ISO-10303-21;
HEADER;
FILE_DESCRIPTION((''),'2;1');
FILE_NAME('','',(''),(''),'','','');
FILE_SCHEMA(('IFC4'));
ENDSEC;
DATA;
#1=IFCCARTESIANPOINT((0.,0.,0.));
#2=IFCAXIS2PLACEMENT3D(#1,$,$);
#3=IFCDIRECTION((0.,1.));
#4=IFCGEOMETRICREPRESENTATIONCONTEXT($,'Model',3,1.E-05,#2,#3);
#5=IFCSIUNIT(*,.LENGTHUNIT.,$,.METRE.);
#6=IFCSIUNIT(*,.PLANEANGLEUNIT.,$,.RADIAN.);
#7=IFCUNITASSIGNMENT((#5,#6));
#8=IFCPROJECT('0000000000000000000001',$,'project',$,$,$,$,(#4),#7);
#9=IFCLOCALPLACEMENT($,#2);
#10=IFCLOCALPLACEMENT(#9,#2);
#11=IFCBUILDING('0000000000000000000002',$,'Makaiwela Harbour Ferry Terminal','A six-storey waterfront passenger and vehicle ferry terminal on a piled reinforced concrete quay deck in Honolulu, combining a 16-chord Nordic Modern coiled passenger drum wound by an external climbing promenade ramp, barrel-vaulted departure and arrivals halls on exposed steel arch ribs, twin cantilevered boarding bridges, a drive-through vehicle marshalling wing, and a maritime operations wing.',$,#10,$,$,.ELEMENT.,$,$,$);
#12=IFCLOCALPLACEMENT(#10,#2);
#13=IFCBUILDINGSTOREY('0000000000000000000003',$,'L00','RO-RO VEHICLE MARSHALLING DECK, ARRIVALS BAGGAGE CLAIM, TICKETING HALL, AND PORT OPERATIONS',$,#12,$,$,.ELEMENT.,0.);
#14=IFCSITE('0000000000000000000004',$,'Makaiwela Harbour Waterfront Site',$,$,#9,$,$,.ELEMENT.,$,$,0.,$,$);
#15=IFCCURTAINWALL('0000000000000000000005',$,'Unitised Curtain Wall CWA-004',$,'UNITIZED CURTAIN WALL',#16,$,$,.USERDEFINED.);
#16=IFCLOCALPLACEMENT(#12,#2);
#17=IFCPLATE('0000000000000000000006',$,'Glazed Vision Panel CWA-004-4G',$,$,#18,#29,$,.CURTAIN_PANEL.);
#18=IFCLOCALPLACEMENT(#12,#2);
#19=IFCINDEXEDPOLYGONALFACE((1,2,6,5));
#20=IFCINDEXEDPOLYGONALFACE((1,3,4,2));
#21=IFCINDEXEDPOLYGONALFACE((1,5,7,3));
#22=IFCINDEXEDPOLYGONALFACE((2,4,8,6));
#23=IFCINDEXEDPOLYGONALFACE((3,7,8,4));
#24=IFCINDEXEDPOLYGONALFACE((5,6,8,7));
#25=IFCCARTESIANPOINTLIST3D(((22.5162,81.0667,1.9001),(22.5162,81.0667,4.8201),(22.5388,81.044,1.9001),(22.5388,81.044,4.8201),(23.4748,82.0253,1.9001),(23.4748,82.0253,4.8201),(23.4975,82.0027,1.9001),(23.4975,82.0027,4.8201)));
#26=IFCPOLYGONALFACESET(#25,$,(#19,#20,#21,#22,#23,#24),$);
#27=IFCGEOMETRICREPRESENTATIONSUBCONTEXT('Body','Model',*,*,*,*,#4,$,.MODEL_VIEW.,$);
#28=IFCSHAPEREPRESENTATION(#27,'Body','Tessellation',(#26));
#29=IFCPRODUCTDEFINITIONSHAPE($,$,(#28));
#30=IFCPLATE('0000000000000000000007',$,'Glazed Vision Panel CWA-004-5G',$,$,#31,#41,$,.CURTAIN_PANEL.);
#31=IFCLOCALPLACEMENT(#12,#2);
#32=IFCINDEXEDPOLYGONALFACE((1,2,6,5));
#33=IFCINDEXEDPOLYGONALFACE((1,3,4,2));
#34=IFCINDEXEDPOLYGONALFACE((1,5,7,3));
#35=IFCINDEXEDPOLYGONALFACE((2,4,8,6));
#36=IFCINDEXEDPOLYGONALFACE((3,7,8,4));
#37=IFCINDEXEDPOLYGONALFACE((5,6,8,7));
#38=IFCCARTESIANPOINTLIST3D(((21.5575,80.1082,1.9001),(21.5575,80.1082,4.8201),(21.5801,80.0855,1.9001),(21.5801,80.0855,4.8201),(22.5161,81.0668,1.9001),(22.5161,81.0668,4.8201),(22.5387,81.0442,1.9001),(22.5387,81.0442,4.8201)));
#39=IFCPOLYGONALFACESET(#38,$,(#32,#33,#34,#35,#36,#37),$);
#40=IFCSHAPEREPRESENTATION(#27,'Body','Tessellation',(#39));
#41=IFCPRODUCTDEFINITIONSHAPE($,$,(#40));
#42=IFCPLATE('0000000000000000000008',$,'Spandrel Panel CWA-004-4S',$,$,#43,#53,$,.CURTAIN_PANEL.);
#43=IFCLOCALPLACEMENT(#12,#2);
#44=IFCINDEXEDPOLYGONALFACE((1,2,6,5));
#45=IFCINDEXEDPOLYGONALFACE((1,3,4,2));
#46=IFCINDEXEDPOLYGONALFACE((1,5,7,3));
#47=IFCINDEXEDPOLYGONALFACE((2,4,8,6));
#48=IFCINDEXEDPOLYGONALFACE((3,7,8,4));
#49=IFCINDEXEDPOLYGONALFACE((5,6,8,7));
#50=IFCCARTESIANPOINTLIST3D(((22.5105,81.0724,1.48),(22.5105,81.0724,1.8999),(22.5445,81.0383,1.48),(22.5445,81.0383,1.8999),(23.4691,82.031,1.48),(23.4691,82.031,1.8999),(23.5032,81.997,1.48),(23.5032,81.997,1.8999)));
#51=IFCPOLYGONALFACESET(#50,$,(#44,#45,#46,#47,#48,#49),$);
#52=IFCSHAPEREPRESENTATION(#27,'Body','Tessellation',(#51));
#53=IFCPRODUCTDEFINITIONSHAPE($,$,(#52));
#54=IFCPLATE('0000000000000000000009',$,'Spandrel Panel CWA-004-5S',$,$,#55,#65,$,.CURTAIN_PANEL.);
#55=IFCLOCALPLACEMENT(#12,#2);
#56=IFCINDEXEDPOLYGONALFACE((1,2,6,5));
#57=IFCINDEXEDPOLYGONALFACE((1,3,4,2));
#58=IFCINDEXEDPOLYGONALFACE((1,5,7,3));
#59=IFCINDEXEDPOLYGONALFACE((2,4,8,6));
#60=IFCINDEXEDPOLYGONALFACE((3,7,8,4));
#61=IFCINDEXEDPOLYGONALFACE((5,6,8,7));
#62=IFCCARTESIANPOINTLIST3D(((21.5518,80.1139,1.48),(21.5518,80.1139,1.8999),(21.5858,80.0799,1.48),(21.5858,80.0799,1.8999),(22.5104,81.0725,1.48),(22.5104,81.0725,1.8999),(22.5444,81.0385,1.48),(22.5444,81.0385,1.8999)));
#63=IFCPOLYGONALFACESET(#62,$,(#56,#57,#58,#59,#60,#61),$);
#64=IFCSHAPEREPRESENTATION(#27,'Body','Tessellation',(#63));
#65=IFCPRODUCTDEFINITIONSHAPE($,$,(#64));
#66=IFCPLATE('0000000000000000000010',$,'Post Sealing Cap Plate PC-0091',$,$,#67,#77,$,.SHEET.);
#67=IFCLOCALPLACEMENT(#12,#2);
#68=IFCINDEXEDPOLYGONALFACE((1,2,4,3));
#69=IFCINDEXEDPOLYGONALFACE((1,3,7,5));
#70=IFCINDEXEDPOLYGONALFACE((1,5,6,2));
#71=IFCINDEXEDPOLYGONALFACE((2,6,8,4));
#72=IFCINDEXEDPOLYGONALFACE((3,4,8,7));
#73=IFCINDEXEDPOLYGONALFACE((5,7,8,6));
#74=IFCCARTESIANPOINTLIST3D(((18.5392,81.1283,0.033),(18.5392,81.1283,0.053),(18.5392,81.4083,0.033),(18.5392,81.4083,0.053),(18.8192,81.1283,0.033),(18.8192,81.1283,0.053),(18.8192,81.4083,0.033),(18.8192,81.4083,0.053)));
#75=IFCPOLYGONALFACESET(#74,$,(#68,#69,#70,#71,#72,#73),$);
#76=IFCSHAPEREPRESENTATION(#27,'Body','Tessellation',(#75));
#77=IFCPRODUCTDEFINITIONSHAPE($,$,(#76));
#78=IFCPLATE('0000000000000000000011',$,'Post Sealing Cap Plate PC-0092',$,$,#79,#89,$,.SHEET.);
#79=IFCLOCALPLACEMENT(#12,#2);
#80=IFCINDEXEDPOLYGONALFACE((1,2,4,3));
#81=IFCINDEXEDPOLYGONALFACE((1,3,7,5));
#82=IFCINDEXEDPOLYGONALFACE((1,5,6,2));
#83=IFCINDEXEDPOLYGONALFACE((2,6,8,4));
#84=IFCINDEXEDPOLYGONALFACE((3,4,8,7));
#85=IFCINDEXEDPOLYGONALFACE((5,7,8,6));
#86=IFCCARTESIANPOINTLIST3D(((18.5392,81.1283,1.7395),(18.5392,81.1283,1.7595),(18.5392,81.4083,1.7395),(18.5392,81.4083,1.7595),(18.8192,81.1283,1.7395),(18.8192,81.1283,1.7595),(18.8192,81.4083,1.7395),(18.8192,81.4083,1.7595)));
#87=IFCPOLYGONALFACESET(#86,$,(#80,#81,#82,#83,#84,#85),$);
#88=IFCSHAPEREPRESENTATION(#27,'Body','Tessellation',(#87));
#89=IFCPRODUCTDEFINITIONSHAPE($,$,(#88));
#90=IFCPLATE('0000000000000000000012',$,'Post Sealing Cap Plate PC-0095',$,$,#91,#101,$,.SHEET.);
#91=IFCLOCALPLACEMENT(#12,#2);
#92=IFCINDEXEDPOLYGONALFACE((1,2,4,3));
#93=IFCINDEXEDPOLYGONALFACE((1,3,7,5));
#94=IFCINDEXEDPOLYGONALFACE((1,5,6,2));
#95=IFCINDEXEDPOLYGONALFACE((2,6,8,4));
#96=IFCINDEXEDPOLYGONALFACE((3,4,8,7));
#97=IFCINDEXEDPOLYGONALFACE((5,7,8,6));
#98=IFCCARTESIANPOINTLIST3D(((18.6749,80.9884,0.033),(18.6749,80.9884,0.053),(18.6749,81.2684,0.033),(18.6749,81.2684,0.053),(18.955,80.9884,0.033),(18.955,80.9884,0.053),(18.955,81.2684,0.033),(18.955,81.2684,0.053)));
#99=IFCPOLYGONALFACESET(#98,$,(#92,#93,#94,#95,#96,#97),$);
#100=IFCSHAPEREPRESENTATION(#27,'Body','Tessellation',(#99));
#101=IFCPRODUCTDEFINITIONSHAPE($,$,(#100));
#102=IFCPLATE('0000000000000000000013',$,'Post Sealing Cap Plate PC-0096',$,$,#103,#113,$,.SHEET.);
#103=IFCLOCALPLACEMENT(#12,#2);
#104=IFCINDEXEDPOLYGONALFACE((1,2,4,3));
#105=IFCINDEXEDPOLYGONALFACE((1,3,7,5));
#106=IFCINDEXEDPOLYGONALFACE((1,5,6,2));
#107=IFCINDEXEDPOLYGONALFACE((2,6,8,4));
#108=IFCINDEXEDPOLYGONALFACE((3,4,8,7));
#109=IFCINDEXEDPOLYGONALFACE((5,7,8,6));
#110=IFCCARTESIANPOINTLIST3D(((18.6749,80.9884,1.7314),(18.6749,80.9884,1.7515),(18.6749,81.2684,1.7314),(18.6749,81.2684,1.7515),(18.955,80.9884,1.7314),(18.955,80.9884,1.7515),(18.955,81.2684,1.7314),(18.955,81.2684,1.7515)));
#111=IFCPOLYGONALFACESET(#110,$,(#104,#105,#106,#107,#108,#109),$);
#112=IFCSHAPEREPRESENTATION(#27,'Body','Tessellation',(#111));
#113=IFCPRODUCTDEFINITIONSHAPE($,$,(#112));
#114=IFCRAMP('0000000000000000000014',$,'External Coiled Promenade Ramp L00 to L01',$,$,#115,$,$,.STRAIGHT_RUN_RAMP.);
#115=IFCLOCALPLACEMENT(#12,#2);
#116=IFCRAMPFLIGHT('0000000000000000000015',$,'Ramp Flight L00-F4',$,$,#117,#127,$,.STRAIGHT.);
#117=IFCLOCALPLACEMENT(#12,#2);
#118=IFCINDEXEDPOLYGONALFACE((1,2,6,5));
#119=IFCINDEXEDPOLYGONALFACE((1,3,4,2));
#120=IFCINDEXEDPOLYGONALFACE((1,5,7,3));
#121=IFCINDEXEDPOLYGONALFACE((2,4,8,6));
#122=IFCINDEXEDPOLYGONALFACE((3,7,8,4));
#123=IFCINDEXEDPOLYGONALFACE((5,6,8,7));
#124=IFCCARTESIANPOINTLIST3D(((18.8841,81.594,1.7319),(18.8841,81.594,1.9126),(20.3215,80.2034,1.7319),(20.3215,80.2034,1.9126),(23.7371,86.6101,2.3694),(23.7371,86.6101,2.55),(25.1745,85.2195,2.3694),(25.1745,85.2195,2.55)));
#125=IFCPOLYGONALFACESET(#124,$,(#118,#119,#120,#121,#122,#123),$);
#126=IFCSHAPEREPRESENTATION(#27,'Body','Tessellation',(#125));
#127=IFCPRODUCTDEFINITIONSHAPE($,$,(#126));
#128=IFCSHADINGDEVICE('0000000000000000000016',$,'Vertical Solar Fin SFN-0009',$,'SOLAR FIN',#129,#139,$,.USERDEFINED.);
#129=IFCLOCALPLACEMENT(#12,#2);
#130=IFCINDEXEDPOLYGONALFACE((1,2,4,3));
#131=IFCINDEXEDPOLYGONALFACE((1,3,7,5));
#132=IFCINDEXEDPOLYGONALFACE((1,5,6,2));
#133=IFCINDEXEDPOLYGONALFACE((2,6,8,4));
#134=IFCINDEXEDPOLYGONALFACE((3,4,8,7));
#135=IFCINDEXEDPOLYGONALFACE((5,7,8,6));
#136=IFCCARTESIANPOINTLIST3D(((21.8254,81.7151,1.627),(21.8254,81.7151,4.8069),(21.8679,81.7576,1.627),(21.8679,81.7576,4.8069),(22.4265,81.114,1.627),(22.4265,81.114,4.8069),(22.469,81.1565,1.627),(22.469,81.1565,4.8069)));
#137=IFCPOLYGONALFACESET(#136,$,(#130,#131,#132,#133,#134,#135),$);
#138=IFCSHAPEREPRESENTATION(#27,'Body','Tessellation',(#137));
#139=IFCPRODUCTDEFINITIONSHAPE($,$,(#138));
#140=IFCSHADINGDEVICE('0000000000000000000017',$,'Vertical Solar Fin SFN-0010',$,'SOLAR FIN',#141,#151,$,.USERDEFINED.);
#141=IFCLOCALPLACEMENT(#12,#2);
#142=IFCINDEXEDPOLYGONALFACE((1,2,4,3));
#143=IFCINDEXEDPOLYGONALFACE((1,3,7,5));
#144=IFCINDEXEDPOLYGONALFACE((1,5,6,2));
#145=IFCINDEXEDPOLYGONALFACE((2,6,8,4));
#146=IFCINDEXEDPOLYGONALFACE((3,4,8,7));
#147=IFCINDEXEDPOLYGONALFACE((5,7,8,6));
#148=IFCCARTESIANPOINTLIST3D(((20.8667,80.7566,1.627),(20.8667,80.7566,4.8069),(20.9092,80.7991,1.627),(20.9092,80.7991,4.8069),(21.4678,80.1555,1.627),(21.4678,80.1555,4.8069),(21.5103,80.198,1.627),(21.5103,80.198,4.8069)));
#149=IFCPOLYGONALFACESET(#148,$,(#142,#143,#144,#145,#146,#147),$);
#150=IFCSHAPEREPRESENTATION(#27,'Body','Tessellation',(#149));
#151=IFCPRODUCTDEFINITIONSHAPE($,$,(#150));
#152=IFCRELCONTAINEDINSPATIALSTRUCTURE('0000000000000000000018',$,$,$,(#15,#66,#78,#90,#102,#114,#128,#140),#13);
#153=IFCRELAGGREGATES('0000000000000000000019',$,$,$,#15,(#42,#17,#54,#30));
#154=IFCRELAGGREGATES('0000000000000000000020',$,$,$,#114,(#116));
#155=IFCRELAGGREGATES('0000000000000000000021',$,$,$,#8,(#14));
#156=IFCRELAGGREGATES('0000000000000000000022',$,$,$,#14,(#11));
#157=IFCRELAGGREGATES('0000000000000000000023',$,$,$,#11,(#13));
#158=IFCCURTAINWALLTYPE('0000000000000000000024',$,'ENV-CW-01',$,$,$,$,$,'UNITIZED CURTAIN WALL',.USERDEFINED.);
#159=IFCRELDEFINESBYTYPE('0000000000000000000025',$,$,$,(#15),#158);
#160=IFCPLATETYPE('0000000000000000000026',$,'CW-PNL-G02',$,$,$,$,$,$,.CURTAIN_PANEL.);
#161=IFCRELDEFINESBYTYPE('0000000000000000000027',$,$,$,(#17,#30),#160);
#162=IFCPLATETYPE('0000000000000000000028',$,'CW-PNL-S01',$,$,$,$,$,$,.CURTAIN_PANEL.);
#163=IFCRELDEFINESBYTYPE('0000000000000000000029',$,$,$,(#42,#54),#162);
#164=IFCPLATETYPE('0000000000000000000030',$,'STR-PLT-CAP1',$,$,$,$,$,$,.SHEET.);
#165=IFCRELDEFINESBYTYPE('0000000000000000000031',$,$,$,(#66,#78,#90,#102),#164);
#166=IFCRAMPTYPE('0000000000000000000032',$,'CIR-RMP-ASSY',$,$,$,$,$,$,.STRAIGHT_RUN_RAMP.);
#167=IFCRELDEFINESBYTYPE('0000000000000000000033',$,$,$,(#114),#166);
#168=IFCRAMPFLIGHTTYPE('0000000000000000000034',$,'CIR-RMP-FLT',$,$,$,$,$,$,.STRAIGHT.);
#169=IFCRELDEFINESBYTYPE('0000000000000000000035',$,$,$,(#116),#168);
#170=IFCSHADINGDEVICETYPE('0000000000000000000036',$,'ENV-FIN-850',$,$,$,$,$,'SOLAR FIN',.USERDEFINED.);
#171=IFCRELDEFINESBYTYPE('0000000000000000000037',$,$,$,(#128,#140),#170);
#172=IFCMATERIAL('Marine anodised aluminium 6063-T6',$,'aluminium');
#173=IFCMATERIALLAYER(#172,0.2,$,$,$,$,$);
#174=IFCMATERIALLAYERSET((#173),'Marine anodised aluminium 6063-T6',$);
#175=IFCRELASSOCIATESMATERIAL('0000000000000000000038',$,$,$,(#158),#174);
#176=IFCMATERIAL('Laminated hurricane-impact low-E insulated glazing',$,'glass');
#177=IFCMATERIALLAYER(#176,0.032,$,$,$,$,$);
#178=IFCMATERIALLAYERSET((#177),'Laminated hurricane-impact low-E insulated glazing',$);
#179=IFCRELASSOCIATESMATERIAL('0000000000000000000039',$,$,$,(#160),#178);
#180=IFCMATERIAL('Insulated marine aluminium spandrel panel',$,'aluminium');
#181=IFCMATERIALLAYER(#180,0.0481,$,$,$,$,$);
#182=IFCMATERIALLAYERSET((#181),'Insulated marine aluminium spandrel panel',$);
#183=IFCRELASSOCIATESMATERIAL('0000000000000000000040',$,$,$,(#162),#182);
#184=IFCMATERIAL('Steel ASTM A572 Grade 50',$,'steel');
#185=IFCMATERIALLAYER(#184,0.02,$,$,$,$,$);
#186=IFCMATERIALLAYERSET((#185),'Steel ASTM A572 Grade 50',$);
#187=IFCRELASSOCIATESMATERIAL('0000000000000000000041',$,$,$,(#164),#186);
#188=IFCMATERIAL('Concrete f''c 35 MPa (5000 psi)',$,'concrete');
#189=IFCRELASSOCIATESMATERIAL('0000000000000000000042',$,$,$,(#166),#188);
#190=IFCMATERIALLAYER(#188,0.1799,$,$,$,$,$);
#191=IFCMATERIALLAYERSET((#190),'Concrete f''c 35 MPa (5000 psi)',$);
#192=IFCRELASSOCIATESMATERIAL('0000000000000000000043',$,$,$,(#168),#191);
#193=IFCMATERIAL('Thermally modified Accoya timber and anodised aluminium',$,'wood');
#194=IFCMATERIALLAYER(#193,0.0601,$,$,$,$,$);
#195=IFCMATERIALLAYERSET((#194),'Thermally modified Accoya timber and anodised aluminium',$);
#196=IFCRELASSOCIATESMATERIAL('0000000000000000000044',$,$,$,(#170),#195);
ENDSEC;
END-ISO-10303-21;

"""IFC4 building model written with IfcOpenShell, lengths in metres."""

from ifc_helpers import new_model, si_unit, direction, frame, origin, origin_2d, place, context, subcontext, project, spatial, polyline, rectangle, outline, extrude, material, layer, layer_set, type_object, element, aggregate, save


model = new_model("IFC4")

# Units and contexts
model_context = context("Model", 3, precision=1e-05, world=origin(), true_north=direction((0.0, 1.0)))
body_context = subcontext(model_context, "Body", "Model", "MODEL_VIEW")
ifc_project = project(units=[si_unit("LENGTHUNIT", "METRE"), si_unit("PLANEANGLEUNIT", "RADIAN")], contexts=[model_context])

# Site, building, storey
site_placement = place(None, origin())
site = spatial("IfcSite", under=ifc_project, at=site_placement, Name="Makaiwela Harbour Waterfront Site", CompositionType="ELEMENT", RefElevation=0.0)
building_placement = place(site_placement, origin())
building = spatial("IfcBuilding", under=site, at=building_placement, Name="Makaiwela Harbour Ferry Terminal", Description="A six-storey waterfront passenger and vehicle ferry terminal on a piled reinforced concrete quay deck in Honolulu, combining a 16-chord Nordic Modern coiled passenger drum wound by an external climbing promenade ramp, barrel-vaulted departure and arrivals halls on exposed steel arch ribs, twin cantilevered boarding bridges, a drive-through vehicle marshalling wing, and a maritime operations wing.", CompositionType="ELEMENT")
storey_placement = place(building_placement, origin())
storey = spatial("IfcBuildingStorey", under=building, at=storey_placement, Name="L00", Description="RO-RO VEHICLE MARSHALLING DECK, ARRIVALS BAGGAGE CLAIM, TICKETING HALL, AND PORT OPERATIONS", CompositionType="ELEMENT", Elevation=0.0)

# Curtain wall
ifc_material_1 = material(Name="Marine anodised aluminium 6063-T6", Category="aluminium")
ifc_layer_1 = layer(ifc_material_1, 0.2)
ifc_layer_set_1 = layer_set([ifc_layer_1], Name="Marine anodised aluminium 6063-T6")
curtain_wall_type = type_object("IfcCurtainWallType", Name="ENV-CW-01", ElementType="UNITIZED CURTAIN WALL", PredefinedType="USERDEFINED", material=ifc_layer_set_1)
curtain_wall_placement = place(storey_placement, origin())
curtain_wall = element("IfcCurtainWall", 1, at=curtain_wall_placement, inside=storey, type_object=curtain_wall_type, Name="Unitised Curtain Wall CWA-004", ObjectType="UNITIZED CURTAIN WALL", PredefinedType="USERDEFINED")

# Plates
ifc_material_2 = material(Name="Laminated hurricane-impact low-E insulated glazing", Category="glass")
ifc_layer_2 = layer(ifc_material_2, 0.032)
ifc_layer_set_2 = layer_set([ifc_layer_2], Name="Laminated hurricane-impact low-E insulated glazing")
plate_type_1 = type_object("IfcPlateType", Name="CW-PNL-G02", PredefinedType="CURTAIN_PANEL", material=ifc_layer_set_2)
plate_1_placement = place(storey_placement, frame((23.0068, 81.5347, 1.9001), z_axis=(0.0, 0.0, 1.0), x_axis=(-0.707107, -0.707107, 0.0)))
plate_1 = element("IfcPlate", 2, at=plate_1_placement, type_object=plate_type_1, Name="Glazed Vision Panel CWA-004-4G", PredefinedType="CURTAIN_PANEL", context=body_context, shape_type="SweptSolid", body=[
    extrude(rectangle(XDim=1.3557, YDim=0.032, at=origin_2d()), origin(), (0.0, 0.0, 1.0), 2.9199),
])
plate_2_placement = place(storey_placement, frame((22.0481, 80.5762, 1.9001), z_axis=(0.0, 0.0, 1.0), x_axis=(-0.707107, -0.707107, 0.0)))
plate_2 = element("IfcPlate", 3, at=plate_2_placement, type_object=plate_type_1, Name="Glazed Vision Panel CWA-004-5G", PredefinedType="CURTAIN_PANEL", context=body_context, shape_type="SweptSolid", body=[
    extrude(rectangle(XDim=1.3557, YDim=0.032, at=origin_2d()), origin(), (0.0, 0.0, 1.0), 2.9199),
])
ifc_material_3 = material(Name="Insulated marine aluminium spandrel panel", Category="aluminium")
ifc_layer_3 = layer(ifc_material_3, 0.0481)
ifc_layer_set_3 = layer_set([ifc_layer_3], Name="Insulated marine aluminium spandrel panel")
plate_type_2 = type_object("IfcPlateType", Name="CW-PNL-S01", PredefinedType="CURTAIN_PANEL", material=ifc_layer_set_3)
plate_3_placement = place(storey_placement, frame((23.0068, 81.5347, 1.48), z_axis=(0.0, 0.0, 1.0), x_axis=(-0.707107, -0.707107, 0.0)))
plate_3 = element("IfcPlate", 4, at=plate_3_placement, type_object=plate_type_2, Name="Spandrel Panel CWA-004-4S", PredefinedType="CURTAIN_PANEL", context=body_context, shape_type="SweptSolid", body=[
    extrude(rectangle(XDim=1.3557, YDim=0.0481, at=origin_2d()), origin(), (0.0, 0.0, 1.0), 0.4199),
])
plate_4_placement = place(storey_placement, frame((22.0481, 80.5762, 1.48), z_axis=(0.0, 0.0, 1.0), x_axis=(-0.707107, -0.707107, 0.0)))
plate_4 = element("IfcPlate", 5, at=plate_4_placement, type_object=plate_type_2, Name="Spandrel Panel CWA-004-5S", PredefinedType="CURTAIN_PANEL", context=body_context, shape_type="SweptSolid", body=[
    extrude(rectangle(XDim=1.3557, YDim=0.0481, at=origin_2d()), origin(), (0.0, 0.0, 1.0), 0.4199),
])
aggregate(curtain_wall, [plate_3, plate_1, plate_4, plate_2])

# Plates
ifc_material_4 = material(Name="Steel ASTM A572 Grade 50", Category="steel")
ifc_layer_4 = layer(ifc_material_4, 0.02)
ifc_layer_set_4 = layer_set([ifc_layer_4], Name="Steel ASTM A572 Grade 50")
plate_type_3 = type_object("IfcPlateType", Name="STR-PLT-CAP1", PredefinedType="SHEET", material=ifc_layer_set_4)
for number, where, z_axis, x_axis, name in (
    (6, (18.6792, 81.2683, 0.033), (0.0, 0.0, 1.0), (1.0, 0.0, 0.0), "Post Sealing Cap Plate PC-0091"),
    (7, (18.6792, 81.2683, 1.7395), (0.0, 0.0, 1.0), (1.0, 0.0, 0.0), "Post Sealing Cap Plate PC-0092"),
    (8, (18.8149, 81.1284, 0.033), (0.0, 0.0, 1.0), (1.0, 0.0, 0.0), "Post Sealing Cap Plate PC-0095"),
    (9, (18.8149, 81.1284, 1.7314), (0.0, 0.0, 1.0), (1.0, 0.0, 0.0), "Post Sealing Cap Plate PC-0096"),
):
    element("IfcPlate", number, at=place(storey_placement, frame(where, z_axis=z_axis, x_axis=x_axis)), inside=storey, type_object=plate_type_3, Name=name, PredefinedType="SHEET", context=body_context, shape_type="SweptSolid", body=[
        extrude(rectangle(XDim=0.28, YDim=0.28, at=origin_2d()), origin(), (0.0, 0.0, 1.0), 0.02),
    ])

# Ramp, ramp flight
ifc_material_5 = material(Name="Concrete f'c 35 MPa (5000 psi)", Category="concrete")
ramp_type = type_object("IfcRampType", Name="CIR-RMP-ASSY", PredefinedType="STRAIGHT_RUN_RAMP", material=ifc_material_5)
ramp_placement = place(storey_placement, origin())
ramp = element("IfcRamp", 10, at=ramp_placement, inside=storey, type_object=ramp_type, Name="External Coiled Promenade Ramp L00 to L01", PredefinedType="STRAIGHT_RUN_RAMP")
ifc_layer_5 = layer(ifc_material_5, 0.1799)
ifc_layer_set_5 = layer_set([ifc_layer_5], Name="Concrete f'c 35 MPa (5000 psi)")
ramp_flight_type = type_object("IfcRampFlightType", Name="CIR-RMP-FLT", PredefinedType="STRAIGHT", material=ifc_layer_set_5)
ramp_flight_placement = place(storey_placement, frame((19.6028, 80.8987, 1.9126), z_axis=(0.0, 0.0, 1.0), x_axis=(0.695323, 0.718697, 0.0)))
ramp_flight = element("IfcRampFlight", 11, at=ramp_flight_placement, type_object=ramp_flight_type, Name="Ramp Flight L00-F4", PredefinedType="STRAIGHT", context=body_context, shape_type="SweptSolid", body=[
    extrude(outline(polyline([(0.0, 0.0), (6.9795, 0.6375), (6.9795, 0.4568), (0.0, -0.1807), (0.0, 0.0)])), frame((0.0, 1.0, 0.0), z_axis=(0.0, -1.0, 0.0), x_axis=(1.0, 0.0, 0.0)), (0.0, 0.0, 1.0), 2.0),
])
aggregate(ramp, [ramp_flight])

# Shading devices
ifc_material_6 = material(Name="Thermally modified Accoya timber and anodised aluminium", Category="wood")
ifc_layer_6 = layer(ifc_material_6, 0.0601)
ifc_layer_set_6 = layer_set([ifc_layer_6], Name="Thermally modified Accoya timber and anodised aluminium")
shading_device_type = type_object("IfcShadingDeviceType", Name="ENV-FIN-850", ElementType="SOLAR FIN", PredefinedType="USERDEFINED", material=ifc_layer_set_6)
for number, where, z_axis, x_axis, name in (
    (12, (22.1472, 81.4358, 1.627), (0.0, 0.0, 1.0), (-0.707107, 0.707107, 0.0), "Vertical Solar Fin SFN-0009"),
    (13, (21.1885, 80.4773, 1.627), (0.0, 0.0, 1.0), (-0.707107, 0.707107, 0.0), "Vertical Solar Fin SFN-0010"),
):
    element("IfcShadingDevice", number, at=place(storey_placement, frame(where, z_axis=z_axis, x_axis=x_axis)), inside=storey, type_object=shading_device_type, Name=name, ObjectType="SOLAR FIN", PredefinedType="USERDEFINED", context=body_context, shape_type="SweptSolid", body=[
        extrude(rectangle(XDim=0.8501, YDim=0.0601, at=origin_2d()), origin(), (0.0, 0.0, 1.0), 3.1799),
    ])

save(model, "model.ifc")
